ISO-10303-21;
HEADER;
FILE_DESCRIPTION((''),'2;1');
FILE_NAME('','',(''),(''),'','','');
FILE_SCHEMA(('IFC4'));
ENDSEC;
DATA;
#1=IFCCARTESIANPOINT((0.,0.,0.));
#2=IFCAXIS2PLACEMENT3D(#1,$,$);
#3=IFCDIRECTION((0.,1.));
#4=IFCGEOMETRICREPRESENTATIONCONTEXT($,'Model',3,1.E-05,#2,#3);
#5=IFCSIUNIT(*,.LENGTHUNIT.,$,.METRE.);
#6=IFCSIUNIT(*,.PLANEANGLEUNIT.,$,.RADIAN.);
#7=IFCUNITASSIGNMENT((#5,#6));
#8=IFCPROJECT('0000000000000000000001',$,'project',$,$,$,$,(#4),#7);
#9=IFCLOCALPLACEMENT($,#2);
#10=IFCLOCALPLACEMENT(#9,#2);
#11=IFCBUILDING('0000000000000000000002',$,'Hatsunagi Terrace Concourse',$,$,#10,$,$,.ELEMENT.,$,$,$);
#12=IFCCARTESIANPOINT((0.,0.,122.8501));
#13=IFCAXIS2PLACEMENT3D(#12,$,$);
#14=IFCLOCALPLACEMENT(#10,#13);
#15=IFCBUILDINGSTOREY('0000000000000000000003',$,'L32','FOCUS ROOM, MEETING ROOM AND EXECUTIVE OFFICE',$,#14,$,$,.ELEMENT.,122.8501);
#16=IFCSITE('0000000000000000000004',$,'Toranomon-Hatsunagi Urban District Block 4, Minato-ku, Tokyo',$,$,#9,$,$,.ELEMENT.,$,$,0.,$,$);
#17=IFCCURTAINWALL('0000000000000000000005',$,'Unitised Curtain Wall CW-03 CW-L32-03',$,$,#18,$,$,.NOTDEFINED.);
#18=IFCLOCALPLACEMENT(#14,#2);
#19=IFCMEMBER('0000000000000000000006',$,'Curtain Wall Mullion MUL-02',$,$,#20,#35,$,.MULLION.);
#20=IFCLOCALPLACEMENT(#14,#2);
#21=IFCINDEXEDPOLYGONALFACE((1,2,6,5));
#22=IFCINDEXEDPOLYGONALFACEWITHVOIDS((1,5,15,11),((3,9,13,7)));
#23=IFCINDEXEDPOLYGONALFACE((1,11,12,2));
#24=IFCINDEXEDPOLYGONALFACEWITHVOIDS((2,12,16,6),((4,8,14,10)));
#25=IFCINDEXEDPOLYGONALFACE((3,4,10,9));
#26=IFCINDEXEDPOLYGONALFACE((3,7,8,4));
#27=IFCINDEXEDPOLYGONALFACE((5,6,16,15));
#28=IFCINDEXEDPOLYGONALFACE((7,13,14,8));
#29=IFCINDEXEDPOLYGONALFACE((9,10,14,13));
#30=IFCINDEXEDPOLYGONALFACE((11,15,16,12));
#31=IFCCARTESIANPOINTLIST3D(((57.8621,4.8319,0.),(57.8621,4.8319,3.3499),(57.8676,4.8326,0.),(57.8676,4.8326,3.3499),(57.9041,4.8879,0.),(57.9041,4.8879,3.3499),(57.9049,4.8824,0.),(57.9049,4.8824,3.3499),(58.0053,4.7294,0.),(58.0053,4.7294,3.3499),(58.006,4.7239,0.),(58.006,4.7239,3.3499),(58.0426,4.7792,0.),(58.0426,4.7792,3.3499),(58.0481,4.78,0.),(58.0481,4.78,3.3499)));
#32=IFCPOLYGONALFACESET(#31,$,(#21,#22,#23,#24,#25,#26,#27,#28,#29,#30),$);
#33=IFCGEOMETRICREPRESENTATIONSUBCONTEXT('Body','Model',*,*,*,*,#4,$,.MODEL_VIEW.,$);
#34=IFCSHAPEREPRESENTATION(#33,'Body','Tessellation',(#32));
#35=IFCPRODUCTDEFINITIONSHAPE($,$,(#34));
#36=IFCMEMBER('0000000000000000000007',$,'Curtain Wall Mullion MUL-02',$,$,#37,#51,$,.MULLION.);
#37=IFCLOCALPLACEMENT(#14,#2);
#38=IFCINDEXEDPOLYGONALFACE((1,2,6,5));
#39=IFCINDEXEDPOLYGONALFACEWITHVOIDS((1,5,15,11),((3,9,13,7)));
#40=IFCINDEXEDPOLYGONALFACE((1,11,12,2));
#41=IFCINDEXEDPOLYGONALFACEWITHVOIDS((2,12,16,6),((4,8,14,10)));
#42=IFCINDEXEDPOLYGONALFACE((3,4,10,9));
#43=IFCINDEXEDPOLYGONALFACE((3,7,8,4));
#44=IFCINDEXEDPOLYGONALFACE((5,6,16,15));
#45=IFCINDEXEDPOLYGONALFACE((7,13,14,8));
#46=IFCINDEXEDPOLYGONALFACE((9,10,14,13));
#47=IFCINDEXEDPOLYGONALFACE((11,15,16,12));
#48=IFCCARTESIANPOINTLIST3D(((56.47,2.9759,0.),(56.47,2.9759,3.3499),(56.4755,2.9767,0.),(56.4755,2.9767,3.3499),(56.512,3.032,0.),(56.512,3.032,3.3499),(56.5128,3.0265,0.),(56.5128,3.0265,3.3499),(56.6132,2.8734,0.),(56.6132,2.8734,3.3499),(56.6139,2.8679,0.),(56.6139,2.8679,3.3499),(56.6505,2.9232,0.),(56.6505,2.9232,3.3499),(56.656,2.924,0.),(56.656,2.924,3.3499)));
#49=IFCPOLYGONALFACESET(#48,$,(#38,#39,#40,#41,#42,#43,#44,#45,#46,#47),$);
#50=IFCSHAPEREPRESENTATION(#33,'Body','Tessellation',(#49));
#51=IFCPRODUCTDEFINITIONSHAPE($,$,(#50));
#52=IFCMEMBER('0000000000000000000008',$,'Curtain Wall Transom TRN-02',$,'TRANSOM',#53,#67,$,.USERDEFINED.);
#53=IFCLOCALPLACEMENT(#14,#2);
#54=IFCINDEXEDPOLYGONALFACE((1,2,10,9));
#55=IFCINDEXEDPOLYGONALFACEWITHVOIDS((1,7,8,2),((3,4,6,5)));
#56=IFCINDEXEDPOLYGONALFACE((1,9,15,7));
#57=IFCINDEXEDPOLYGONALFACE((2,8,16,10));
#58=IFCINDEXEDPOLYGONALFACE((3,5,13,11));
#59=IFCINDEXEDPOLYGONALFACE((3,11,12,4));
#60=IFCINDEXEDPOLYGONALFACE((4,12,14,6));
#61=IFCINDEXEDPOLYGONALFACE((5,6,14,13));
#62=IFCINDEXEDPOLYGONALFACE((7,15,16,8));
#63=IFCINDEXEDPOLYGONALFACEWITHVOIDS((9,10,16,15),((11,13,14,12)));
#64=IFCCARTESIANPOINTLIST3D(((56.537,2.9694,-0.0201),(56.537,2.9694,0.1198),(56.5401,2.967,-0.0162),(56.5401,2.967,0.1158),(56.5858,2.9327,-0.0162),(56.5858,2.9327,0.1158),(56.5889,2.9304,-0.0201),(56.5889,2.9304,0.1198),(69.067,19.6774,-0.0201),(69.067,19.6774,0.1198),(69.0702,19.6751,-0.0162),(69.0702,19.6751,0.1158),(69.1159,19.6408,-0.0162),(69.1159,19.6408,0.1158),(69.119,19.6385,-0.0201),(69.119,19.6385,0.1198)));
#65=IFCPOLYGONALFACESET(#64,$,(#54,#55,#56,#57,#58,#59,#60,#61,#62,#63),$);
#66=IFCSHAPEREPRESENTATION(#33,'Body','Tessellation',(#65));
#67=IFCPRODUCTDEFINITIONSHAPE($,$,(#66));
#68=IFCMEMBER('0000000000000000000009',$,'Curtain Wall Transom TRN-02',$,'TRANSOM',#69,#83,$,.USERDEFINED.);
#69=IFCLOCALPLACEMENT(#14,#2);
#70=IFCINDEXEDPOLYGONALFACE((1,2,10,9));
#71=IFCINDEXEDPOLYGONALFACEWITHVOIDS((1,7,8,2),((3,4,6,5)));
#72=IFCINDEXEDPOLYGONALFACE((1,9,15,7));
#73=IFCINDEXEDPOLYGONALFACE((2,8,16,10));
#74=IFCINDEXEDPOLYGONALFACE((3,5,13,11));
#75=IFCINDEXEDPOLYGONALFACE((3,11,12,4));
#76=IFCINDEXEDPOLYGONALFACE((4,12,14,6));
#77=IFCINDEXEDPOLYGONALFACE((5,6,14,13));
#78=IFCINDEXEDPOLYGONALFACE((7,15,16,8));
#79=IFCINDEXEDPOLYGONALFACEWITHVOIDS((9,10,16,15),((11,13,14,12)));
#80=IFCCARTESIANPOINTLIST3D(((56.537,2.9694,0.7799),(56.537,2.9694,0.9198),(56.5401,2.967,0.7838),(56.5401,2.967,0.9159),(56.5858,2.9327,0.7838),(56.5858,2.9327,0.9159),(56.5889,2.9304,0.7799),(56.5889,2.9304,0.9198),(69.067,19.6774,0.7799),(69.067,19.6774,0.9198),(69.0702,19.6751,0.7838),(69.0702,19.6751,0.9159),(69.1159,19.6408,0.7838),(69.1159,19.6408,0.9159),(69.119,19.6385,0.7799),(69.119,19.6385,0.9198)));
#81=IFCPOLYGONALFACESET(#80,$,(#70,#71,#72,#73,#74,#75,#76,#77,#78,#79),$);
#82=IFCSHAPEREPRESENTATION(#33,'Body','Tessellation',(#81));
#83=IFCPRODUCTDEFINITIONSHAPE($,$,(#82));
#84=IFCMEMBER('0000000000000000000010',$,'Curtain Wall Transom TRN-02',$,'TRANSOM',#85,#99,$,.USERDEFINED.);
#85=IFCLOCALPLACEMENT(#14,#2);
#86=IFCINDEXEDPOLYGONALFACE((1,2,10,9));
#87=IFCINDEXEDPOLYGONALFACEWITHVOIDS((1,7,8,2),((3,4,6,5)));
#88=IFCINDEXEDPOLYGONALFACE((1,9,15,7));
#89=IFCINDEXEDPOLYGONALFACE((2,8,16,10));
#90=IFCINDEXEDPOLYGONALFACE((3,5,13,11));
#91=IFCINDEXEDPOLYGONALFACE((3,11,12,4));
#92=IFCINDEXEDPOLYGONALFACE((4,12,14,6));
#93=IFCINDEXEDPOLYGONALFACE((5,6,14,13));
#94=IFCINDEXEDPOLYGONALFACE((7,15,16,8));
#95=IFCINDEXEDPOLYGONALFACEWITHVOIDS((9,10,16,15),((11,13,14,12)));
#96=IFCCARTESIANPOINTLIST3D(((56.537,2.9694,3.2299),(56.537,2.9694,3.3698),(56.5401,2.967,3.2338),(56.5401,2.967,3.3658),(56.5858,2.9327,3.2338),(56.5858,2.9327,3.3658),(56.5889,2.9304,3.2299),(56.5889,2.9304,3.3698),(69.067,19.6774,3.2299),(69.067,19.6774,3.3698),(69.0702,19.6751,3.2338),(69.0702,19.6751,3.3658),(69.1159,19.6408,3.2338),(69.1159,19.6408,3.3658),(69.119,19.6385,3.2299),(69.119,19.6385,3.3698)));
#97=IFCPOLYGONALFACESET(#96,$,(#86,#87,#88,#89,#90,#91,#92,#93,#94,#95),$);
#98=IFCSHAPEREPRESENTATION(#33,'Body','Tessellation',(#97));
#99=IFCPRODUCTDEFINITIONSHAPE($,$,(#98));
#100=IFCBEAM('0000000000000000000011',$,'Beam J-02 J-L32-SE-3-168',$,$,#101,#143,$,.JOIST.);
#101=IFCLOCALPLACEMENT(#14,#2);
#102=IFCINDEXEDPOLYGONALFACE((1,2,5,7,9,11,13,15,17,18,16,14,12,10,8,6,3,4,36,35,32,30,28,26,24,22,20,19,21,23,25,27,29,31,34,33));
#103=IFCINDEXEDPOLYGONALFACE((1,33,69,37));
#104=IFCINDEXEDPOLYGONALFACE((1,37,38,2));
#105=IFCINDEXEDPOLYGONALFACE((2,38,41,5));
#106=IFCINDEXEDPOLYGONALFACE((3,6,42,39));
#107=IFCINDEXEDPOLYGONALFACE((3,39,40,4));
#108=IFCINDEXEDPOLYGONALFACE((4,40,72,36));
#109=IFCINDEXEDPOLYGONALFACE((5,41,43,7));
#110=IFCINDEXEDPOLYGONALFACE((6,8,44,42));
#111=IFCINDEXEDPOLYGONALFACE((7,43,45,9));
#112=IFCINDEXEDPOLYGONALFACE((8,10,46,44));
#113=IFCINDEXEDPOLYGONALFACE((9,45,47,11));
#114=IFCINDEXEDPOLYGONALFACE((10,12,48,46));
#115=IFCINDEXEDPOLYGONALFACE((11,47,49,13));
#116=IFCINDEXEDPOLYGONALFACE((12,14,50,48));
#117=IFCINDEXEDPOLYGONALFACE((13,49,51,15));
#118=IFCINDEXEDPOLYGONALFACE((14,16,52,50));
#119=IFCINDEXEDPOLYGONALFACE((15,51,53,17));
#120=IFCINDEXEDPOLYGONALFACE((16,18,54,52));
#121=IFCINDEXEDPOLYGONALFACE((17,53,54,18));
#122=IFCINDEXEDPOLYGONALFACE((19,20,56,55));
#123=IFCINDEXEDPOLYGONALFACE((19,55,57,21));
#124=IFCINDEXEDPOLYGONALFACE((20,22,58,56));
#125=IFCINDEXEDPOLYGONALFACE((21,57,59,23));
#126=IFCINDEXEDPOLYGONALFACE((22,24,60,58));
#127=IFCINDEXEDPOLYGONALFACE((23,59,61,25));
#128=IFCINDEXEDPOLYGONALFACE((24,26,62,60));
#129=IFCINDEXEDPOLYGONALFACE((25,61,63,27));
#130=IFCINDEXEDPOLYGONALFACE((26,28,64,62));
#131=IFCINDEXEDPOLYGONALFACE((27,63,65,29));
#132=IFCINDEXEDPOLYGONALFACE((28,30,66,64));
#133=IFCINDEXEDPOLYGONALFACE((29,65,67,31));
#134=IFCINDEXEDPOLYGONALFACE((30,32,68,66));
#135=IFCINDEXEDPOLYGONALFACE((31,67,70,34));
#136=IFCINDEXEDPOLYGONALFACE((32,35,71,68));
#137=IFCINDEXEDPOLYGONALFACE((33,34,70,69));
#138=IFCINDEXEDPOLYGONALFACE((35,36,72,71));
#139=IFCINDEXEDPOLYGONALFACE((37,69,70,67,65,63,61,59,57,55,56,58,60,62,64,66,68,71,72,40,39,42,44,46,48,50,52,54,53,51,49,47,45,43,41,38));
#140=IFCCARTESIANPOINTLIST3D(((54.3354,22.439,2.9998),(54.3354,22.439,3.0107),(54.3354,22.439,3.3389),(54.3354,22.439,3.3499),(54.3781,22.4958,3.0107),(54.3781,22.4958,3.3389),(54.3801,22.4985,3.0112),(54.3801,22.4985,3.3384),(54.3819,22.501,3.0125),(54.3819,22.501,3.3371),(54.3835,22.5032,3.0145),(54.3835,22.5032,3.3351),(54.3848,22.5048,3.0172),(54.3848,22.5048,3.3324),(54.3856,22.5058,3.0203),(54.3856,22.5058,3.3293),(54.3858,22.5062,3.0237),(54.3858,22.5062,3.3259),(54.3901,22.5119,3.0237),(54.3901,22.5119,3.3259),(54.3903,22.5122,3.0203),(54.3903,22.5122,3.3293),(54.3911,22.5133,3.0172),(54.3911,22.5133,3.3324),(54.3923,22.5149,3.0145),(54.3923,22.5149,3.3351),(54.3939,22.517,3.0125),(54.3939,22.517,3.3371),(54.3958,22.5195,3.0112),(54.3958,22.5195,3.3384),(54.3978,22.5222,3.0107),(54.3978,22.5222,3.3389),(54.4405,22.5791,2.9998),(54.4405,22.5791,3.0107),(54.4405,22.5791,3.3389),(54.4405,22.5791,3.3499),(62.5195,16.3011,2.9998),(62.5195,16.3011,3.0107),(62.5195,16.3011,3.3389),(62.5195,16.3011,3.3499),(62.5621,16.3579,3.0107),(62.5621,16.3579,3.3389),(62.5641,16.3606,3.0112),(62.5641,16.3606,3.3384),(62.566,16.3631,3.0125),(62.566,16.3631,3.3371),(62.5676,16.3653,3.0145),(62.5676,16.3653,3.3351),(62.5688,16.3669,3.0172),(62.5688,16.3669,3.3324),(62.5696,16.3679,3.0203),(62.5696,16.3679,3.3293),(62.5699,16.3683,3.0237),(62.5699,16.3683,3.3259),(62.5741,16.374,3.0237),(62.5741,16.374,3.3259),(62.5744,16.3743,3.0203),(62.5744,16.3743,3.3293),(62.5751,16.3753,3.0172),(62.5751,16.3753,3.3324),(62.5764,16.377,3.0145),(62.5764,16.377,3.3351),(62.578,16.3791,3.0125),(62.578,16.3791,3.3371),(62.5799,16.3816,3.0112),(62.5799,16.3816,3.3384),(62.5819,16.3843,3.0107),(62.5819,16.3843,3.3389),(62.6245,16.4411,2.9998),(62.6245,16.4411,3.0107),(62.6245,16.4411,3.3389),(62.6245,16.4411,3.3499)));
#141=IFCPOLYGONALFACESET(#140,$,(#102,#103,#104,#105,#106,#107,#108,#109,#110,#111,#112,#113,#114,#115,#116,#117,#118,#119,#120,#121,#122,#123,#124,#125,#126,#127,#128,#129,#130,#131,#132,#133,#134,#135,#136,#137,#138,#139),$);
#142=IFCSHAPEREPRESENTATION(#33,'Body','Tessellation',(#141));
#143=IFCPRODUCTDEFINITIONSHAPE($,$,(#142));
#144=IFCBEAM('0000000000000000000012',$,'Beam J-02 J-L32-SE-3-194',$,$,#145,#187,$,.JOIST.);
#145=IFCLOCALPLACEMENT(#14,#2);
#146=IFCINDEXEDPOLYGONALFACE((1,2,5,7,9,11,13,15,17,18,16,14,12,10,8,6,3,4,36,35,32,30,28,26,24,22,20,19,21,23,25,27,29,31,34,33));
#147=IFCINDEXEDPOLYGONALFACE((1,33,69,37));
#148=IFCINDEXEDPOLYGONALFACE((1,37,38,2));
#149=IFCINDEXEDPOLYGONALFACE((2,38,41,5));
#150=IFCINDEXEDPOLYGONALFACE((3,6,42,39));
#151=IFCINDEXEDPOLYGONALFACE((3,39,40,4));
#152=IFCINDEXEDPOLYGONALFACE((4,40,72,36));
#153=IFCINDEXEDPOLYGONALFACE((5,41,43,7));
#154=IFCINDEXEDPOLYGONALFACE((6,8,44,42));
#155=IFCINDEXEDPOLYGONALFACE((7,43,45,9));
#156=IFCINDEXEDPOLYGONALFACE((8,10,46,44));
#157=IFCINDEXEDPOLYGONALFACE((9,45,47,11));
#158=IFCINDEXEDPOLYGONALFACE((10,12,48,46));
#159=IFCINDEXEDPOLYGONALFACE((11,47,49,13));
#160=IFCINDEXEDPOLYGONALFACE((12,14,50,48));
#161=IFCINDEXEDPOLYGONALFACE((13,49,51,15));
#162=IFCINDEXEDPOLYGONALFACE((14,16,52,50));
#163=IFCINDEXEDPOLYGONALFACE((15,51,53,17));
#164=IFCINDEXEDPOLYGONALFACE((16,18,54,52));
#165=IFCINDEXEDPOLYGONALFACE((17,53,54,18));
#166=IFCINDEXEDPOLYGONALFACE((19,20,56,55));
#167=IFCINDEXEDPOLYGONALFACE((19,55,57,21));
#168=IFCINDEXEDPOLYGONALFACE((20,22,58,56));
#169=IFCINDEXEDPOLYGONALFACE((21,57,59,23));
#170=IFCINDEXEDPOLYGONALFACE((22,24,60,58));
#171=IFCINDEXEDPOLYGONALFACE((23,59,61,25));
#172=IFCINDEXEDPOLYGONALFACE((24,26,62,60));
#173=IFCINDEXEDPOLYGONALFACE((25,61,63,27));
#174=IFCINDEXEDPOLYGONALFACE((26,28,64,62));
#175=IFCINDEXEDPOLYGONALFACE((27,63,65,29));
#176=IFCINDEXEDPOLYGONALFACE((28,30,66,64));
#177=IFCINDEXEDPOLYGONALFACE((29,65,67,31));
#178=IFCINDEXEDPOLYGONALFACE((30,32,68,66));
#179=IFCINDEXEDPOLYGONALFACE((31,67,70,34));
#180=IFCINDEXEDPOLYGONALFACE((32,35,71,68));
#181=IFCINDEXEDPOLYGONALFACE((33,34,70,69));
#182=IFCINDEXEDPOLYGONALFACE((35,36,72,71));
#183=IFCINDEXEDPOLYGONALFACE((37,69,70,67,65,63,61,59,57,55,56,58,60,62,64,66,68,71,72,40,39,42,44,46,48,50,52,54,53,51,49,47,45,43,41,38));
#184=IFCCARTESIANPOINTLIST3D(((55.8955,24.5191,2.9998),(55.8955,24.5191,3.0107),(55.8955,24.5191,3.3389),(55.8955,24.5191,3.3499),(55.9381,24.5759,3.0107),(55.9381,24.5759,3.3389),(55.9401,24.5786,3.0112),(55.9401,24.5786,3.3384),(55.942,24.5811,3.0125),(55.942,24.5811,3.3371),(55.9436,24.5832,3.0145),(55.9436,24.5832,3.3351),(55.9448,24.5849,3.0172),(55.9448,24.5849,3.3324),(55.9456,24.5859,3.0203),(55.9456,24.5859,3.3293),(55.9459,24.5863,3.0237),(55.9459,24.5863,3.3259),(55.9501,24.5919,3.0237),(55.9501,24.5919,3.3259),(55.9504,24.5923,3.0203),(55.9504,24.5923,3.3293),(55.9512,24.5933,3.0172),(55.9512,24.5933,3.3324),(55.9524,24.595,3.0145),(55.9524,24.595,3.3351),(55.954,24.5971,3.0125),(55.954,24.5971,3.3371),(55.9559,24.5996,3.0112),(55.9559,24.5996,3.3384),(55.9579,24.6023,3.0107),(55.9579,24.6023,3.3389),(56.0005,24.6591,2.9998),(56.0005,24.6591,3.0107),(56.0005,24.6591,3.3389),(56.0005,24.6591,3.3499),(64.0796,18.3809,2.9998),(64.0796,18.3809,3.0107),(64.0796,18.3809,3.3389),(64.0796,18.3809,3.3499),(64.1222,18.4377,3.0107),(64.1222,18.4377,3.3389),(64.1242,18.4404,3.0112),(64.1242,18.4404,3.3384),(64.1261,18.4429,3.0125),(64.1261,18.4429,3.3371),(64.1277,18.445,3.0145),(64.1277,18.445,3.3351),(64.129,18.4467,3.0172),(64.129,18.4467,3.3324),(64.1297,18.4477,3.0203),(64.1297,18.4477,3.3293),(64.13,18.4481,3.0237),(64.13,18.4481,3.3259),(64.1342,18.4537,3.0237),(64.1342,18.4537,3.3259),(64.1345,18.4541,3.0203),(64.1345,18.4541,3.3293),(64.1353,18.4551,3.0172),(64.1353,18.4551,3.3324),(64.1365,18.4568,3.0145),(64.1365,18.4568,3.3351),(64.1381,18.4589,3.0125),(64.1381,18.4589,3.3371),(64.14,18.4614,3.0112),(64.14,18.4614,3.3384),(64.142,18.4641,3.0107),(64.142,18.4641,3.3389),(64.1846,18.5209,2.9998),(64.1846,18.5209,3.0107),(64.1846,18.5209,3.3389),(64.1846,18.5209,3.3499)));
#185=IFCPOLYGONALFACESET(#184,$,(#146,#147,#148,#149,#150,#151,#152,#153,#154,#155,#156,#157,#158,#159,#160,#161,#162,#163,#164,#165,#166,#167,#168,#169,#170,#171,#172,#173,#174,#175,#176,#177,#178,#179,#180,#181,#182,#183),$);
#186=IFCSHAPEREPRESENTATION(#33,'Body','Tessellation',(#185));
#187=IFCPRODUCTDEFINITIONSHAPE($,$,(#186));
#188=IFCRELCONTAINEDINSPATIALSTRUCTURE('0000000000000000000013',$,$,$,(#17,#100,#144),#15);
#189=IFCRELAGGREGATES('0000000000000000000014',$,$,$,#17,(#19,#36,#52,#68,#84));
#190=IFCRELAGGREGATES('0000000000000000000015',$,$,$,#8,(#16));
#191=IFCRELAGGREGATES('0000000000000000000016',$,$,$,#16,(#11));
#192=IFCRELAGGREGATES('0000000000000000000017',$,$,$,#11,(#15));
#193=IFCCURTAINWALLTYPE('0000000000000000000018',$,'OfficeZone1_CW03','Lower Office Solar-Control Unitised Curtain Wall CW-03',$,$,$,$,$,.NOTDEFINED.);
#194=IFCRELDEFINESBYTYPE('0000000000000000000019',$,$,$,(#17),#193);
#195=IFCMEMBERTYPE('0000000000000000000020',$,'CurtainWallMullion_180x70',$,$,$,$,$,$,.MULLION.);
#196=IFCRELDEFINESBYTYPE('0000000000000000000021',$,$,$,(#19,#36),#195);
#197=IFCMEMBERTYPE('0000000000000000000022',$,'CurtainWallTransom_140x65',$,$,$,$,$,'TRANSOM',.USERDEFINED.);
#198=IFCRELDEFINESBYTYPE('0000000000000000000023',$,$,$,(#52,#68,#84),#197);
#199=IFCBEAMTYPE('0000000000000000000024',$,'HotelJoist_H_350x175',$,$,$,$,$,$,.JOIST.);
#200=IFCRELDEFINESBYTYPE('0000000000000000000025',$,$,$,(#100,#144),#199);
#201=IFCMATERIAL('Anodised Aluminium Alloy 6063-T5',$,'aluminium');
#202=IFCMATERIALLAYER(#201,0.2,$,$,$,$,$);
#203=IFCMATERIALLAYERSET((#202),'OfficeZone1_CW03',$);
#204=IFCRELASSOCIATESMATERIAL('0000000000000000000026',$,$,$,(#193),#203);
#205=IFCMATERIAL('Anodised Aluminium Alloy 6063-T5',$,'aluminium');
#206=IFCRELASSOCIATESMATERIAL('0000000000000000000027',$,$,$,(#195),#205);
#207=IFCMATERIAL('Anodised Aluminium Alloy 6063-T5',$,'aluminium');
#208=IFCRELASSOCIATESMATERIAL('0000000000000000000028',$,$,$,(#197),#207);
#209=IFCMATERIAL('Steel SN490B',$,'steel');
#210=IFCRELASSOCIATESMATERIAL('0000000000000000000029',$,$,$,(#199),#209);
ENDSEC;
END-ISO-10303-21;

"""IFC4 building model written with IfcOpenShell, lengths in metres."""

from ifc_helpers import new_model, si_unit, direction, frame, origin, origin_2d, place, context, subcontext, project, spatial, hollow_rectangle, i_section, extrude, material, layer, layer_set, material_profile, profile_set, type_object, element, aggregate, save


model = new_model("IFC4")

# Units and contexts
model_context = context("Model", 3, precision=1e-05, world=origin(), true_north=direction((0.0, 1.0)))
body_context = subcontext(model_context, "Body", "Model", "MODEL_VIEW")
ifc_project = project(units=[si_unit("LENGTHUNIT", "METRE"), si_unit("PLANEANGLEUNIT", "RADIAN")], contexts=[model_context])

# Site, building, storey
site_placement = place(None, origin())
site = spatial("IfcSite", under=ifc_project, at=site_placement, Name="Toranomon-Hatsunagi Urban District Block 4, Minato-ku, Tokyo", CompositionType="ELEMENT", RefElevation=0.0)
building_placement = place(site_placement, origin())
building = spatial("IfcBuilding", under=site, at=building_placement, Name="Hatsunagi Terrace Concourse", CompositionType="ELEMENT")
storey_placement = place(building_placement, frame((0.0, 0.0, 122.8501)))
storey = spatial("IfcBuildingStorey", under=building, at=storey_placement, Name="L32", Description="FOCUS ROOM, MEETING ROOM AND EXECUTIVE OFFICE", CompositionType="ELEMENT", Elevation=122.8501)

# Curtain wall, members
ifc_material_1 = material(Name="Anodised Aluminium Alloy 6063-T5", Category="aluminium")
ifc_layer_1 = layer(ifc_material_1, 0.2)
ifc_layer_set_1 = layer_set([ifc_layer_1], Name="OfficeZone1_CW03")
curtain_wall_type = type_object("IfcCurtainWallType", Name="OfficeZone1_CW03", Description="Lower Office Solar-Control Unitised Curtain Wall CW-03", PredefinedType="NOTDEFINED", material=ifc_layer_set_1)
curtain_wall_placement = place(storey_placement, origin())
curtain_wall = element("IfcCurtainWall", 1, at=curtain_wall_placement, inside=storey, type_object=curtain_wall_type, Name="Unitised Curtain Wall CW-03 CW-L32-03", PredefinedType="NOTDEFINED")
ifc_material_2 = material(Name="Anodised Aluminium Alloy 6063-T5", Category="aluminium")
ifc_material_profile_1 = material_profile(ifc_material_2, hollow_rectangle(XDim=0.0701, YDim=0.1799, WallThickness=0.0039, at=origin_2d()), Name="ALU-MUL-180x70x4")
ifc_profile_set_1 = profile_set([ifc_material_profile_1], Name="Anodised Aluminium Alloy 6063-T5")
member_type_1 = type_object("IfcMemberType", Name="CurtainWallMullion_180x70", PredefinedType="MULLION", material=ifc_profile_set_1)
member_1_placement = place(storey_placement, frame((57.9551, 4.8059, 0.0), z_axis=(0.0, 0.0, 1.0), x_axis=(-0.599969, -0.800023, 0.0)))
member_1 = element("IfcMember", 2, at=member_1_placement, type_object=member_type_1, Name="Curtain Wall Mullion MUL-02", PredefinedType="MULLION", context=body_context, shape_type="SweptSolid", body=[
    extrude(hollow_rectangle(XDim=0.0701, YDim=0.1799, WallThickness=0.0039, at=origin_2d()), origin(), (0.0, 0.0, 1.0), 3.3499),
])
member_2_placement = place(storey_placement, frame((56.563, 2.95, 0.0), z_axis=(0.0, 0.0, 1.0), x_axis=(-0.599969, -0.800023, 0.0)))
member_2 = element("IfcMember", 3, at=member_2_placement, type_object=member_type_1, Name="Curtain Wall Mullion MUL-02", PredefinedType="MULLION", context=body_context, shape_type="SweptSolid", body=[
    extrude(hollow_rectangle(XDim=0.0701, YDim=0.1799, WallThickness=0.0039, at=origin_2d()), origin(), (0.0, 0.0, 1.0), 3.3499),
])
ifc_material_3 = material(Name="Anodised Aluminium Alloy 6063-T5", Category="aluminium")
ifc_material_profile_2 = material_profile(ifc_material_3, hollow_rectangle(XDim=0.0649, YDim=0.1399, WallThickness=0.0039, at=origin_2d()), Name="ALU-TRN-140x65x4")
ifc_profile_set_2 = profile_set([ifc_material_profile_2], Name="Anodised Aluminium Alloy 6063-T5")
member_type_2 = type_object("IfcMemberType", Name="CurtainWallTransom_140x65", ElementType="TRANSOM", PredefinedType="USERDEFINED", material=ifc_profile_set_2)
member_3_placement = place(storey_placement, frame((69.093, 19.658, 0.0498), z_axis=(-0.59997, -0.800022, 0.0), x_axis=(0.800022, -0.59997, 0.0)))
member_3 = element("IfcMember", 4, at=member_3_placement, type_object=member_type_2, Name="Curtain Wall Transom TRN-02", ObjectType="TRANSOM", PredefinedType="USERDEFINED", context=body_context, shape_type="SweptSolid", body=[
    extrude(hollow_rectangle(XDim=0.0649, YDim=0.1399, WallThickness=0.0039, at=origin_2d()), origin(), (0.0, 0.0, 1.0), 20.8845),
])
member_4_placement = place(storey_placement, frame((69.093, 19.658, 0.8499), z_axis=(-0.59997, -0.800022, 0.0), x_axis=(0.800022, -0.59997, 0.0)))
member_4 = element("IfcMember", 5, at=member_4_placement, type_object=member_type_2, Name="Curtain Wall Transom TRN-02", ObjectType="TRANSOM", PredefinedType="USERDEFINED", context=body_context, shape_type="SweptSolid", body=[
    extrude(hollow_rectangle(XDim=0.0649, YDim=0.1399, WallThickness=0.0039, at=origin_2d()), origin(), (0.0, 0.0, 1.0), 20.8845),
])
member_5_placement = place(storey_placement, frame((69.093, 19.658, 3.2998), z_axis=(-0.59997, -0.800022, 0.0), x_axis=(0.800022, -0.59997, 0.0)))
member_5 = element("IfcMember", 6, at=member_5_placement, type_object=member_type_2, Name="Curtain Wall Transom TRN-02", ObjectType="TRANSOM", PredefinedType="USERDEFINED", context=body_context, shape_type="SweptSolid", body=[
    extrude(hollow_rectangle(XDim=0.0649, YDim=0.1399, WallThickness=0.0039, at=origin_2d()), origin(), (0.0, 0.0, 1.0), 20.8845),
])

# Beams
ifc_material_4 = material(Name="Steel SN490B", Category="steel")
ifc_material_profile_3 = material_profile(ifc_material_4, i_section(OverallWidth=0.175, OverallDepth=0.3501, WebThickness=0.0071, FlangeThickness=0.011, FilletRadius=0.0129, at=origin_2d()), Name="H-350x175x7x11")
ifc_profile_set_3 = profile_set([ifc_material_profile_3], Name="Steel SN490B")
beam_type_1 = type_object("IfcBeamType", Name="HotelJoist_H_350x175", PredefinedType="JOIST", material=ifc_profile_set_3)
beam_1_placement = place(storey_placement, frame((54.3879, 22.509, 3.1748), z_axis=(0.800006, -0.599992, 0.0), x_axis=(0.599992, 0.800006, 0.0)))
element("IfcBeam", 7, at=beam_1_placement, inside=storey, type_object=beam_type_1, Name="Beam J-02 J-L32-SE-3-168", PredefinedType="JOIST", context=body_context, shape_type="SweptSolid", body=[
    extrude(i_section(OverallWidth=0.175, OverallDepth=0.3501, WebThickness=0.0071, FlangeThickness=0.011, FilletRadius=0.0129, at=origin_2d()), origin(), (0.0, 0.0, 1.0), 10.23),
])
beam_2_placement = place(storey_placement, frame((55.948, 24.5891, 3.1748), z_axis=(0.799994, -0.600008, 0.0), x_axis=(0.600008, 0.799994, 0.0)))
element("IfcBeam", 8, at=beam_2_placement, inside=storey, type_object=beam_type_1, Name="Beam J-02 J-L32-SE-3-194", PredefinedType="JOIST", context=body_context, shape_type="SweptSolid", body=[
    extrude(i_section(OverallWidth=0.175, OverallDepth=0.3501, WebThickness=0.0071, FlangeThickness=0.011, FilletRadius=0.0129, at=origin_2d()), origin(), (0.0, 0.0, 1.0), 10.2302),
])

aggregate(curtain_wall, [member_1, member_2, member_3, member_4, member_5])

save(model, "model.ifc")
